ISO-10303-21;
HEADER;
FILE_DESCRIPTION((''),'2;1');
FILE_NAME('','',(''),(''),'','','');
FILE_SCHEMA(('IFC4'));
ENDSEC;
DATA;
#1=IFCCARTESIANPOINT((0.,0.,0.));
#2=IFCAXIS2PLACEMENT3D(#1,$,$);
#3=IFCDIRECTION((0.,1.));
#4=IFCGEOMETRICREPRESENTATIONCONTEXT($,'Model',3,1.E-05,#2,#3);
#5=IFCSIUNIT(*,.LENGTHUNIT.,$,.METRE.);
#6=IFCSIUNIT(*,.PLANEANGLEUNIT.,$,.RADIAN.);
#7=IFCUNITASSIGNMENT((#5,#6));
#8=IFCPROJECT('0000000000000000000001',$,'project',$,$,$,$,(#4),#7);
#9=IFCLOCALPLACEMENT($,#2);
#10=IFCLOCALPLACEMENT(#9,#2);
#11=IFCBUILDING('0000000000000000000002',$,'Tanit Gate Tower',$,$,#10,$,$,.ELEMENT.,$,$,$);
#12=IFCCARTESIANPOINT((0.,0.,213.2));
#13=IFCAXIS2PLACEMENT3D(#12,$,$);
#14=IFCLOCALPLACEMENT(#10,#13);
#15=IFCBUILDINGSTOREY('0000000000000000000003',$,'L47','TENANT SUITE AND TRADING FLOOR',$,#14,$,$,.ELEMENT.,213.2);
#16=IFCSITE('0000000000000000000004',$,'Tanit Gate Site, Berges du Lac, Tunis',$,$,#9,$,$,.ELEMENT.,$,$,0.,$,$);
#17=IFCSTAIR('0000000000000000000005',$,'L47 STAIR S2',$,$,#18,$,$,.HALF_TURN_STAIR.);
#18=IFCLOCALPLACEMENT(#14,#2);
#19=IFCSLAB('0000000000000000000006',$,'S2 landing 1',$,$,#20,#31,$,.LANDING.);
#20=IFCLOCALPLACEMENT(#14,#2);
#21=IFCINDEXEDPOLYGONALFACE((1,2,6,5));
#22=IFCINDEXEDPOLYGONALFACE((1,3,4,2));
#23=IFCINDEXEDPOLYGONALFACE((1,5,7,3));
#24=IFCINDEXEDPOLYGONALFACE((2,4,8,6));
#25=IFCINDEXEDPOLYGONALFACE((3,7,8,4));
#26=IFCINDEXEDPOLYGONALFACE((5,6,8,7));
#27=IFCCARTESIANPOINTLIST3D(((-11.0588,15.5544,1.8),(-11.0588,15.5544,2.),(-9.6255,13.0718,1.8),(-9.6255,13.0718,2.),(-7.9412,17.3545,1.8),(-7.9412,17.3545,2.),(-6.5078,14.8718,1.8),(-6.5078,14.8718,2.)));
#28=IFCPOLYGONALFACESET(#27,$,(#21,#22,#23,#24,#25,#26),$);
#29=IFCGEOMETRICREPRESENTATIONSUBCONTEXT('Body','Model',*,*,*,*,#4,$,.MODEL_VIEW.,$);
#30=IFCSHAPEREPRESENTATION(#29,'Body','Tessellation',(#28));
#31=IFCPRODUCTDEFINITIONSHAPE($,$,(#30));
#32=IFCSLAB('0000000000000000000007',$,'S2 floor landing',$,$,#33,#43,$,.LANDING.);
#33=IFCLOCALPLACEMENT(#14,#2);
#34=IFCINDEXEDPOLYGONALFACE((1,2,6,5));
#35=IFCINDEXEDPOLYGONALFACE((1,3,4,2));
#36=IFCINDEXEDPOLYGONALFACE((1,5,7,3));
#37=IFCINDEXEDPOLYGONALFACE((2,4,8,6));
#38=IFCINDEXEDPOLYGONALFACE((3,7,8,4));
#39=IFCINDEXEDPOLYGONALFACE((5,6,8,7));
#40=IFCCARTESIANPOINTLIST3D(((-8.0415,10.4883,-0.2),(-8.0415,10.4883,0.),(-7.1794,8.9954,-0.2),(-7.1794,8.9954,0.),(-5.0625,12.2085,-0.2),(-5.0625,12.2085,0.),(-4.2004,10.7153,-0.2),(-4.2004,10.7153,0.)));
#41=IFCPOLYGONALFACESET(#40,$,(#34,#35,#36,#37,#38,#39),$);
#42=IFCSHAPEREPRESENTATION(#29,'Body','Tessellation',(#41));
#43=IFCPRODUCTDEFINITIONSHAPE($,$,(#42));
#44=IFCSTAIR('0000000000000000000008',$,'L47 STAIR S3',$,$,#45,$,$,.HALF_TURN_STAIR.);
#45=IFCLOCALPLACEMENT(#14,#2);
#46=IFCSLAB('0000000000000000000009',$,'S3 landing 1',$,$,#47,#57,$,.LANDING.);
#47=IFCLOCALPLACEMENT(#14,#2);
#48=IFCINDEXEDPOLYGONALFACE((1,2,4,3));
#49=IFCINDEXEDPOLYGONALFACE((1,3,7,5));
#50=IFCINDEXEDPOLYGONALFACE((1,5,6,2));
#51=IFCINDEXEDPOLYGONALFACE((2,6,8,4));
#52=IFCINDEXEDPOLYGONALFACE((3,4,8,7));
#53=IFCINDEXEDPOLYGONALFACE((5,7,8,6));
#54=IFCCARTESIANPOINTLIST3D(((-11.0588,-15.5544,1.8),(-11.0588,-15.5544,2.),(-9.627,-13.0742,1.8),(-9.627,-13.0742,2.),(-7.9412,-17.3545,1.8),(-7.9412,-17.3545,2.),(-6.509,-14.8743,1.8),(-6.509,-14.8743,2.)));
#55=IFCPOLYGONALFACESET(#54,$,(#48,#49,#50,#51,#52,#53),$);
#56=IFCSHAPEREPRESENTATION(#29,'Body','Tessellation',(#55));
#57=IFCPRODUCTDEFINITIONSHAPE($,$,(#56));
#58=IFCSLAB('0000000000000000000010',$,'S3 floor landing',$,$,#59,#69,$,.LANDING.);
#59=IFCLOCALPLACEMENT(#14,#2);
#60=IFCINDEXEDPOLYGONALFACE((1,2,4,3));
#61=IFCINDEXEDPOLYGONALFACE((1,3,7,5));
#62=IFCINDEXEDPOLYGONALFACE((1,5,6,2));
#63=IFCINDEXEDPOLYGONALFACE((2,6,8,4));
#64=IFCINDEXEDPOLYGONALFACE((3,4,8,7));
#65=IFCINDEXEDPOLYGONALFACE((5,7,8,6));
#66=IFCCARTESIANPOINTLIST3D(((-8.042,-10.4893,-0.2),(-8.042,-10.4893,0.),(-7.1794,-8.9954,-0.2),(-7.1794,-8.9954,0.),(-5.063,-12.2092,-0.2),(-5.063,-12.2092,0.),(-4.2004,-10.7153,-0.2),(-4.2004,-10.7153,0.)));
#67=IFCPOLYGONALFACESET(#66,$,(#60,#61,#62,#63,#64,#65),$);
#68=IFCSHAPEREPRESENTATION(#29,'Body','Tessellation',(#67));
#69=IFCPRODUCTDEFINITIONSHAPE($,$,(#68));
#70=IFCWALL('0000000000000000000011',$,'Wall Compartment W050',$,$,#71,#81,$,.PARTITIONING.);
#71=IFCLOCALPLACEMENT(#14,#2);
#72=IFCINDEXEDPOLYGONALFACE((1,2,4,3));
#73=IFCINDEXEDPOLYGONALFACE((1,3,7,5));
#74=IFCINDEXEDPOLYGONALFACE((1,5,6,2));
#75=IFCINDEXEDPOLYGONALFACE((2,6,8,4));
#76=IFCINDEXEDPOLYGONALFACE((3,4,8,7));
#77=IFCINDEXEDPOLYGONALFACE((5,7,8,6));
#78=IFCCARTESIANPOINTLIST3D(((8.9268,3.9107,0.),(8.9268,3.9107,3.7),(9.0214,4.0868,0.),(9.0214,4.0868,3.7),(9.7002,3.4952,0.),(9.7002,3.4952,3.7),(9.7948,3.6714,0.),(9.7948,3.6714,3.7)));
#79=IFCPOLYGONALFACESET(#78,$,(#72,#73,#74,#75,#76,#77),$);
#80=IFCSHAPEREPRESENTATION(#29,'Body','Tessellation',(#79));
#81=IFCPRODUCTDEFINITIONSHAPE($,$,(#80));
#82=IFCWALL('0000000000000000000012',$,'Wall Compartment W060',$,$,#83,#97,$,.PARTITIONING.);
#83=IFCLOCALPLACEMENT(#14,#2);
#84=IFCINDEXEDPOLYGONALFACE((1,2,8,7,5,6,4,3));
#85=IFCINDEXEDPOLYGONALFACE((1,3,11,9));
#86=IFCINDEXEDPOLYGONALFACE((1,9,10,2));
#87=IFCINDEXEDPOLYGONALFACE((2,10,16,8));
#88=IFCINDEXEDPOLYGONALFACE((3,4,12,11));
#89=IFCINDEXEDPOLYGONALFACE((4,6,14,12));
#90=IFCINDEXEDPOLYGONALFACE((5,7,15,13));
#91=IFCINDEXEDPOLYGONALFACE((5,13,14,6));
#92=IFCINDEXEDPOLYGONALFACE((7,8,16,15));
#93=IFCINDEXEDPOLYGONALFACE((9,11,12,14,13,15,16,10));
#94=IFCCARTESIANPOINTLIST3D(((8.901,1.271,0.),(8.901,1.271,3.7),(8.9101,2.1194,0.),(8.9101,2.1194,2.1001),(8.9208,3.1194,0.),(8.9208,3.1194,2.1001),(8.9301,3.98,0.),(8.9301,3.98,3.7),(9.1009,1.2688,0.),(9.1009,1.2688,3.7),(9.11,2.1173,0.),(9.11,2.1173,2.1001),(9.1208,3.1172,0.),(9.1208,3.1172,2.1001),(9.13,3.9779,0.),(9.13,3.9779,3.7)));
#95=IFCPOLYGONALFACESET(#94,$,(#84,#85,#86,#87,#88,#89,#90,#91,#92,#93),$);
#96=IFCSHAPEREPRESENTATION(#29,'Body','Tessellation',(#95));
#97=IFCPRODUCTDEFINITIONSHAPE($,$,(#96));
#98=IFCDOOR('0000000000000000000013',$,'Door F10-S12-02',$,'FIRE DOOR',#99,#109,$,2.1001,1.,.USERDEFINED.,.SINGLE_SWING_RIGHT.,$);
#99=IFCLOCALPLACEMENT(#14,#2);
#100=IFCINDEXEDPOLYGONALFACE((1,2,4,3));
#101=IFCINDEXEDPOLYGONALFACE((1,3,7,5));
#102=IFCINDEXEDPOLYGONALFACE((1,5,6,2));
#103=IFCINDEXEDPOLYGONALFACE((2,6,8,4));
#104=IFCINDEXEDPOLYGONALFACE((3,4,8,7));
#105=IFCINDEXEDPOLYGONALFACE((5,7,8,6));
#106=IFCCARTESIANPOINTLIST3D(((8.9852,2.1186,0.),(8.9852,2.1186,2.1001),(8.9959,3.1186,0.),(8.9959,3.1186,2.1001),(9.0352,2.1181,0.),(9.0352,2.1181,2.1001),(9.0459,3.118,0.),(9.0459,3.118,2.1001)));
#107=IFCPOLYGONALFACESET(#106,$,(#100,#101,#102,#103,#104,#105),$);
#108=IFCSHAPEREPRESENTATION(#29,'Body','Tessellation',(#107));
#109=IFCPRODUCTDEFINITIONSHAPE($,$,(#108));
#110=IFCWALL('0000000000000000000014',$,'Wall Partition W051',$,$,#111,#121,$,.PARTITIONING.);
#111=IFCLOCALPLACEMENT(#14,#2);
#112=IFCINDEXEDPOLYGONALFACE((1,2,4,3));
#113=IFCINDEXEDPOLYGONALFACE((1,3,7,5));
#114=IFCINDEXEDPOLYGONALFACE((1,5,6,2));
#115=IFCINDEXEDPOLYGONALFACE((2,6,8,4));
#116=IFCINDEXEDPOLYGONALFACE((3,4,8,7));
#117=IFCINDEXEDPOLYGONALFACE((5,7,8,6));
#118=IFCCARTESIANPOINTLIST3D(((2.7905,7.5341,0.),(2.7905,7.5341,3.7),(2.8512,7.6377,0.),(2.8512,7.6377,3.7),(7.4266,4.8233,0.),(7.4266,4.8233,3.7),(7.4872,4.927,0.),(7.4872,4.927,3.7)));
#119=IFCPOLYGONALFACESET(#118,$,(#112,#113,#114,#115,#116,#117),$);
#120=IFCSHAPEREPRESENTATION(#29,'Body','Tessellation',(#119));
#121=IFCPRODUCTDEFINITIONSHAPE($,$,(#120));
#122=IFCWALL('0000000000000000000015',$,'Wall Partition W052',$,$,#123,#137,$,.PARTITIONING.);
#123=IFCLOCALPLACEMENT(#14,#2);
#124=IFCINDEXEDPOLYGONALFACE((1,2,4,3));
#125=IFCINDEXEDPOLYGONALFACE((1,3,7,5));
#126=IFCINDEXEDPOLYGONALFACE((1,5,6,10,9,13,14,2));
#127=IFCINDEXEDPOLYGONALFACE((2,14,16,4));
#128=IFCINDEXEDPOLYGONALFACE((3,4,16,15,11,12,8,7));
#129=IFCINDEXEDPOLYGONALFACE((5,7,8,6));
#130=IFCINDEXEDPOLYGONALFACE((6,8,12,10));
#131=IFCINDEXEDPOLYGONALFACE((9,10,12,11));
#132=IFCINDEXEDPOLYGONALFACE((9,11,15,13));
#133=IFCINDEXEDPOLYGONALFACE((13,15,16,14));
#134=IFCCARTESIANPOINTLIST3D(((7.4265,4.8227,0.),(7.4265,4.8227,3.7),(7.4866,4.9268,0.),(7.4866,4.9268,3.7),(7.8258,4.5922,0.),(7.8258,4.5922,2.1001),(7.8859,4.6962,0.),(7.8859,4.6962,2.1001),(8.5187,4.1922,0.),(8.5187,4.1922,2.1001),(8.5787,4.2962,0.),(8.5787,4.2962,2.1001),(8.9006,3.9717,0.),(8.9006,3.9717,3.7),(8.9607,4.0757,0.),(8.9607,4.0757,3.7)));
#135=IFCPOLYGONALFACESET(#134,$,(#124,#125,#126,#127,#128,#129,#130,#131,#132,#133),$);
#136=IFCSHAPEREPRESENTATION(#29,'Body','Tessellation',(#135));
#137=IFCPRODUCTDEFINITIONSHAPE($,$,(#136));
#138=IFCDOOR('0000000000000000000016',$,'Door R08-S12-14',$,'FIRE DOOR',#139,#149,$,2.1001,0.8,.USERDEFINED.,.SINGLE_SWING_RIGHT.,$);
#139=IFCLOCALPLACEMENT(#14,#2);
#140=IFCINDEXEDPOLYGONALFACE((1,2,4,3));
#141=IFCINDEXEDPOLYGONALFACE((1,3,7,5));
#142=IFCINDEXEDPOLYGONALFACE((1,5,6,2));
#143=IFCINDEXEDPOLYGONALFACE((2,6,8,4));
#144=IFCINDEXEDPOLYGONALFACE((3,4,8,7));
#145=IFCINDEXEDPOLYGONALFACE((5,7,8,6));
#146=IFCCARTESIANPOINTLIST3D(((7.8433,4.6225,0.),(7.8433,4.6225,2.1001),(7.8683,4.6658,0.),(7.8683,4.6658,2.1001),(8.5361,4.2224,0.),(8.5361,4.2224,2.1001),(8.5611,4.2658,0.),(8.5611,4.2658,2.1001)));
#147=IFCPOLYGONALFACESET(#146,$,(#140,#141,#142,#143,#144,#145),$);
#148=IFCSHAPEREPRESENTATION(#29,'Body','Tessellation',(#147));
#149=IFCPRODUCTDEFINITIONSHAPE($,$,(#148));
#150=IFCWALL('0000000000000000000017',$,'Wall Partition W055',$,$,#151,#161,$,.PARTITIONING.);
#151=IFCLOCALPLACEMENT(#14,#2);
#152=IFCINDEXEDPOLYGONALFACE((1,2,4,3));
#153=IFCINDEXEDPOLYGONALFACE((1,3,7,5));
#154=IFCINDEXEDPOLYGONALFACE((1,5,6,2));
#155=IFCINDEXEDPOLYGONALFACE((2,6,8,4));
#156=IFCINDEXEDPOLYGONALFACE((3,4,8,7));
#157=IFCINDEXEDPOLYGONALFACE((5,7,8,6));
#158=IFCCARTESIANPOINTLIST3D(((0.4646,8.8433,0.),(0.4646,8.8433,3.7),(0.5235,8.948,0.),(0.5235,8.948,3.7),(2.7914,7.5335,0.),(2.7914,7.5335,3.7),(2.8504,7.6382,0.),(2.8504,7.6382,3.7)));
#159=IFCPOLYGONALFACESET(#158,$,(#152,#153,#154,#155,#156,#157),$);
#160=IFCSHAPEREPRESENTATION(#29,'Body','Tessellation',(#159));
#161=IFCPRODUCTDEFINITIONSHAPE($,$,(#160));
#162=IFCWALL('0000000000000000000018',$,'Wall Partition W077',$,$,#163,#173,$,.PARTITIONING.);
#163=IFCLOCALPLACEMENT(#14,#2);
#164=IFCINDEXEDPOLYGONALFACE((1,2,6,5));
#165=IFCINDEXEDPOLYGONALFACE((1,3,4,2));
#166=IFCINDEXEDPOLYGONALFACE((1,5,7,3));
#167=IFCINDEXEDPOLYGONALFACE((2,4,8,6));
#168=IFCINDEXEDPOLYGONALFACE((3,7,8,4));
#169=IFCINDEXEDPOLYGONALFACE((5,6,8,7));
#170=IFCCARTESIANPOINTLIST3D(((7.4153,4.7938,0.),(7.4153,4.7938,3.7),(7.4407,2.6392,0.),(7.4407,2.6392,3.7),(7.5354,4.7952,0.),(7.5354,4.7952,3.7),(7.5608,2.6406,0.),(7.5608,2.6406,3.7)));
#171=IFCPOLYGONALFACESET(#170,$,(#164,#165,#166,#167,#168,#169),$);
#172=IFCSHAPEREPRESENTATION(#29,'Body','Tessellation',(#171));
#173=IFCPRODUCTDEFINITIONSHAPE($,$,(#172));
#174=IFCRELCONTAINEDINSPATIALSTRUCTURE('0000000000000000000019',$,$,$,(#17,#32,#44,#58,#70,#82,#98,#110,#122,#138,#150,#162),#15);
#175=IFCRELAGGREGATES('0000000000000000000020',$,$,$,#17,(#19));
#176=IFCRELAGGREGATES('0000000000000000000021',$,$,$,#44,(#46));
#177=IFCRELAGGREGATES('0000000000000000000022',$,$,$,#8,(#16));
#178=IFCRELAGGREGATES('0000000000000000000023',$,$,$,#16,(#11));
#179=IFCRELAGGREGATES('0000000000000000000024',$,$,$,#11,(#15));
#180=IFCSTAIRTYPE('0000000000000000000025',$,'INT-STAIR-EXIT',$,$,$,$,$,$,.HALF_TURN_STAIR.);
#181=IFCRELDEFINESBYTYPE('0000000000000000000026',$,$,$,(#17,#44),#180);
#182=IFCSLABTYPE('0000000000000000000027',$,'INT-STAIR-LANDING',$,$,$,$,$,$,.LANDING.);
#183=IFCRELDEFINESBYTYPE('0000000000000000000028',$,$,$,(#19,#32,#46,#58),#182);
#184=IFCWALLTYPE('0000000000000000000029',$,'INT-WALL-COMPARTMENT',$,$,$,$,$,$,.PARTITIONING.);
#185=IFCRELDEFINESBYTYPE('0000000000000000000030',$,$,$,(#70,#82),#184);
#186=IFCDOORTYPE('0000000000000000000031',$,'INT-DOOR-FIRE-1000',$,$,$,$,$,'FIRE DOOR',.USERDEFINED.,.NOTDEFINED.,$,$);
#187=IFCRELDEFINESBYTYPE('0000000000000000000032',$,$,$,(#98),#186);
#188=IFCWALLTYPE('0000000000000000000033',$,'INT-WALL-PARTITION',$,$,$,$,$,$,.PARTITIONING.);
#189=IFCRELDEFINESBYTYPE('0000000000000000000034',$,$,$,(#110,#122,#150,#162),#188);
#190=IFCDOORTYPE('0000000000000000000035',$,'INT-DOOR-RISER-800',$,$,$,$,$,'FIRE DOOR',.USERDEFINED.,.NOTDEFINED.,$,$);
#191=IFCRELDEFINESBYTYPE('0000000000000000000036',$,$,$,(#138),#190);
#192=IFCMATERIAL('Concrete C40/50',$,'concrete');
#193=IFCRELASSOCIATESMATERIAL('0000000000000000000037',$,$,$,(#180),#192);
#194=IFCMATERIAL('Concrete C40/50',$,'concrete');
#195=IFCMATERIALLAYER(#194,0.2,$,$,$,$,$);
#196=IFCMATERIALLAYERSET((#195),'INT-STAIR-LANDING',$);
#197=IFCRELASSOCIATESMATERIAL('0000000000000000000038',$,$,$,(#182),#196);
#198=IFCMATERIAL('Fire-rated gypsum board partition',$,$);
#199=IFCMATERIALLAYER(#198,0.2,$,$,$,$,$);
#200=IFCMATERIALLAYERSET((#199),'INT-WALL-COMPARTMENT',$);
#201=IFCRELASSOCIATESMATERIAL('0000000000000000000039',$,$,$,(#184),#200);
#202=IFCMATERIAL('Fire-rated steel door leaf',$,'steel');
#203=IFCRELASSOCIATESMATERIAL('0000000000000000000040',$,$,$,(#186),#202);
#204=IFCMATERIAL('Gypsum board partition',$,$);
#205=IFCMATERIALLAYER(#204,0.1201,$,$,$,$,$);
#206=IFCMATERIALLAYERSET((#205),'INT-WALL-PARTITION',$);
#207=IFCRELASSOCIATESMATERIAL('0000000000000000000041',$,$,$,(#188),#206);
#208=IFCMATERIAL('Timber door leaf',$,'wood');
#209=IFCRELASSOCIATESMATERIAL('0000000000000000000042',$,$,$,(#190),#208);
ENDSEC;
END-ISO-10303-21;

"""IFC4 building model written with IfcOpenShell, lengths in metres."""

from ifc_helpers import new_model, si_unit, direction, frame, frame_2d, origin, place, context, subcontext, project, spatial, polyline, rectangle, outline, extrude, material, layer, layer_set, type_object, element, fill, aggregate, save


model = new_model("IFC4")

# Units and contexts
model_context = context("Model", 3, precision=1e-05, world=origin(), true_north=direction((0.0, 1.0)))
body_context = subcontext(model_context, "Body", "Model", "MODEL_VIEW")
ifc_project = project(units=[si_unit("LENGTHUNIT", "METRE"), si_unit("PLANEANGLEUNIT", "RADIAN")], contexts=[model_context])

# Site, building, storey
site_placement = place(None, origin())
site = spatial("IfcSite", under=ifc_project, at=site_placement, Name="Tanit Gate Site, Berges du Lac, Tunis", CompositionType="ELEMENT", RefElevation=0.0)
building_placement = place(site_placement, origin())
building = spatial("IfcBuilding", under=site, at=building_placement, Name="Tanit Gate Tower", CompositionType="ELEMENT")
storey_placement = place(building_placement, frame((0.0, 0.0, 213.2)))
storey = spatial("IfcBuildingStorey", under=building, at=storey_placement, Name="L47", Description="TENANT SUITE AND TRADING FLOOR", CompositionType="ELEMENT", Elevation=213.2)

# Stair, slab
ifc_material_1 = material(Name="Concrete C40/50", Category="concrete")
stair_type = type_object("IfcStairType", Name="INT-STAIR-EXIT", PredefinedType="HALF_TURN_STAIR", material=ifc_material_1)
stair_1_placement = place(storey_placement, origin())
stair_1 = element("IfcStair", 1, at=stair_1_placement, inside=storey, type_object=stair_type, Name="L47 STAIR S2", PredefinedType="HALF_TURN_STAIR")
ifc_material_2 = material(Name="Concrete C40/50", Category="concrete")
ifc_layer_1 = layer(ifc_material_2, 0.2)
ifc_layer_set_1 = layer_set([ifc_layer_1], Name="INT-STAIR-LANDING")
slab_type = type_object("IfcSlabType", Name="INT-STAIR-LANDING", PredefinedType="LANDING", material=ifc_layer_set_1)
slab_1_placement = place(storey_placement, frame((0.0, 0.0, 1.8)))
slab_1 = element("IfcSlab", 2, at=slab_1_placement, type_object=slab_type, Name="S2 landing 1", PredefinedType="LANDING", context=body_context, shape_type="SweptSolid", body=[
    extrude(outline(polyline([(-6.5078, 14.8718), (-7.9412, 17.3545), (-11.0588, 15.5544), (-9.6255, 13.0718), (-6.5078, 14.8718)])), origin(), (0.0, 0.0, 1.0), 0.2),
])
aggregate(stair_1, [slab_1])

# Slab
slab_2_placement = place(storey_placement, frame((0.0, 0.0, -0.2)))
element("IfcSlab", 3, at=slab_2_placement, inside=storey, type_object=slab_type, Name="S2 floor landing", PredefinedType="LANDING", context=body_context, shape_type="SweptSolid", body=[
    extrude(outline(polyline([(-4.2004, 10.7153), (-5.0625, 12.2085), (-8.0415, 10.4883), (-7.1794, 8.9954), (-4.2004, 10.7153)])), origin(), (0.0, 0.0, 1.0), 0.2),
])

# Stair, slab
stair_2_placement = place(storey_placement, origin())
stair_2 = element("IfcStair", 4, at=stair_2_placement, inside=storey, type_object=stair_type, Name="L47 STAIR S3", PredefinedType="HALF_TURN_STAIR")
slab_3_placement = place(storey_placement, frame((0.0, 0.0, 1.8)))
slab_3 = element("IfcSlab", 5, at=slab_3_placement, type_object=slab_type, Name="S3 landing 1", PredefinedType="LANDING", context=body_context, shape_type="SweptSolid", body=[
    extrude(outline(polyline([(-9.627, -13.0742), (-11.0588, -15.5544), (-7.9412, -17.3545), (-6.509, -14.8743), (-9.627, -13.0742)])), origin(), (0.0, 0.0, 1.0), 0.2),
])
aggregate(stair_2, [slab_3])

# Slab
slab_4_placement = place(storey_placement, frame((0.0, 0.0, -0.2)))
element("IfcSlab", 6, at=slab_4_placement, inside=storey, type_object=slab_type, Name="S3 floor landing", PredefinedType="LANDING", context=body_context, shape_type="SweptSolid", body=[
    extrude(outline(polyline([(-7.1794, -8.9954), (-8.042, -10.4893), (-5.063, -12.2092), (-4.2004, -10.7153), (-7.1794, -8.9954)])), origin(), (0.0, 0.0, 1.0), 0.2),
])

# Wall
ifc_material_3 = material(Name="Fire-rated gypsum board partition")
ifc_layer_2 = layer(ifc_material_3, 0.2)
ifc_layer_set_2 = layer_set([ifc_layer_2], Name="INT-WALL-COMPARTMENT")
wall_type_1 = type_object("IfcWallType", Name="INT-WALL-COMPARTMENT", PredefinedType="PARTITIONING", material=ifc_layer_set_2)
wall_1_placement = place(storey_placement, frame((8.9741, 3.9988, 0.0), z_axis=(0.0, 0.0, 1.0), x_axis=(0.880917, -0.473271, 0.0)))
element("IfcWall", 7, at=wall_1_placement, inside=storey, type_object=wall_type_1, Name="Wall Compartment W050", PredefinedType="PARTITIONING", context=body_context, shape_type="SweptSolid", body=[
    extrude(rectangle(XDim=0.8779, YDim=0.2, at=frame_2d((0.439, 0.0))), origin(), (0.0, 0.0, 1.0), 3.7),
])

# Wall, opening, door
wall_2_placement = place(storey_placement, frame((9.001, 1.27, 0.0), z_axis=(0.0, 0.0, 1.0), x_axis=(0.010724, 0.999942, 0.0)))
wall_2 = element("IfcWall", 8, at=wall_2_placement, inside=storey, type_object=wall_type_1, Name="Wall Compartment W060", PredefinedType="PARTITIONING", context=body_context, shape_type="SweptSolid", body=[
    extrude(rectangle(XDim=2.7092, YDim=0.2, at=frame_2d((1.3545, 0.0))), origin(), (0.0, 0.0, 1.0), 3.7),
])
opening_1_placement = place(wall_2_placement, frame((0.8484, 0.0, 0.0)))
opening_1 = element("IfcOpeningElement", 9, at=opening_1_placement, cuts=wall_2, PredefinedType="OPENING", context=body_context, shape_type="SweptSolid", body=[
    extrude(rectangle(XDim=1.0, YDim=2.1001, at=frame_2d((0.5, 1.05))), frame((0.0, 0.1099, 0.0), z_axis=(0.0, -1.0, 0.0), x_axis=(1.0, 0.0, 0.0)), (0.0, 0.0, 1.0), 0.22),
])
ifc_material_4 = material(Name="Fire-rated steel door leaf", Category="steel")
door_type_1 = type_object("IfcDoorType", Name="INT-DOOR-FIRE-1000", ElementType="FIRE DOOR", OperationType="NOTDEFINED", PredefinedType="USERDEFINED", material=ifc_material_4)
door_1_placement = place(opening_1_placement, origin())
door_1 = element("IfcDoor", 10, at=door_1_placement, inside=storey, type_object=door_type_1, Name="Door F10-S12-02", ObjectType="FIRE DOOR", OperationType="SINGLE_SWING_RIGHT", OverallHeight=2.1001, OverallWidth=1.0, PredefinedType="USERDEFINED", context=body_context, shape_type="SweptSolid", body=[
    extrude(rectangle(XDim=1.0, YDim=2.1001, at=frame_2d((0.5, 1.05))), frame((0.0, 0.0249, 0.0), z_axis=(0.0, -1.0, 0.0), x_axis=(1.0, 0.0, 0.0)), (0.0, 0.0, 1.0), 0.05),
])
fill(opening_1, door_1)

# Wall
ifc_material_5 = material(Name="Gypsum board partition")
ifc_layer_3 = layer(ifc_material_5, 0.1201)
ifc_layer_set_3 = layer_set([ifc_layer_3], Name="INT-WALL-PARTITION")
wall_type_2 = type_object("IfcWallType", Name="INT-WALL-PARTITION", PredefinedType="PARTITIONING", material=ifc_layer_set_3)
wall_3_placement = place(storey_placement, frame((7.4568, 4.8752, 0.0), z_axis=(0.0, 0.0, 1.0), x_axis=(-0.863262, 0.504755, 0.0)))
element("IfcWall", 11, at=wall_3_placement, inside=storey, type_object=wall_type_2, Name="Wall Partition W051", PredefinedType="PARTITIONING", context=body_context, shape_type="SweptSolid", body=[
    extrude(rectangle(XDim=5.3704, YDim=0.1201, at=frame_2d((2.6851, 0.0))), origin(), (0.0, 0.0, 1.0), 3.7),
])

# Wall, opening, door
wall_4_placement = place(storey_placement, frame((7.4565, 4.8748, 0.0), z_axis=(0.0, 0.0, 1.0), x_axis=(0.866028, -0.499996, 0.0)))
wall_4 = element("IfcWall", 12, at=wall_4_placement, inside=storey, type_object=wall_type_2, Name="Wall Partition W052", PredefinedType="PARTITIONING", context=body_context, shape_type="SweptSolid", body=[
    extrude(rectangle(XDim=1.7021, YDim=0.1201, at=frame_2d((0.8511, 0.0))), origin(), (0.0, 0.0, 1.0), 3.7),
])
opening_2_placement = place(wall_4_placement, frame((0.4612, 0.0, 0.0)))
opening_2 = element("IfcOpeningElement", 13, at=opening_2_placement, cuts=wall_4, PredefinedType="OPENING", context=body_context, shape_type="SweptSolid", body=[
    extrude(rectangle(XDim=0.8, YDim=2.1001, at=frame_2d((0.3999, 1.05))), frame((0.0, 0.0701, 0.0), z_axis=(0.0, -1.0, 0.0), x_axis=(1.0, 0.0, 0.0)), (0.0, 0.0, 1.0), 0.1401),
])
ifc_material_6 = material(Name="Timber door leaf", Category="wood")
door_type_2 = type_object("IfcDoorType", Name="INT-DOOR-RISER-800", ElementType="FIRE DOOR", OperationType="NOTDEFINED", PredefinedType="USERDEFINED", material=ifc_material_6)
door_2_placement = place(opening_2_placement, origin())
door_2 = element("IfcDoor", 14, at=door_2_placement, inside=storey, type_object=door_type_2, Name="Door R08-S12-14", ObjectType="FIRE DOOR", OperationType="SINGLE_SWING_RIGHT", OverallHeight=2.1001, OverallWidth=0.8, PredefinedType="USERDEFINED", context=body_context, shape_type="SweptSolid", body=[
    extrude(rectangle(XDim=0.8, YDim=2.1001, at=frame_2d((0.3999, 1.05))), frame((0.0, 0.0249, 0.0), z_axis=(0.0, -1.0, 0.0), x_axis=(1.0, 0.0, 0.0)), (0.0, 0.0, 1.0), 0.05),
])
fill(opening_2, door_2)

# Walls
wall_5_placement = place(storey_placement, frame((2.8208, 7.5859, 0.0), z_axis=(0.0, 0.0, 1.0), x_axis=(-0.871427, 0.490526, 0.0)))
element("IfcWall", 15, at=wall_5_placement, inside=storey, type_object=wall_type_2, Name="Wall Partition W055", PredefinedType="PARTITIONING", context=body_context, shape_type="SweptSolid", body=[
    extrude(rectangle(XDim=2.6702, YDim=0.1201, at=frame_2d((1.335, 0.0))), origin(), (0.0, 0.0, 1.0), 3.7),
])
wall_6_placement = place(storey_placement, frame((7.5007, 2.6399, 0.0), z_axis=(0.0, 0.0, 1.0), x_axis=(-0.011784, 0.999931, 0.0)))
element("IfcWall", 16, at=wall_6_placement, inside=storey, type_object=wall_type_2, Name="Wall Partition W077", PredefinedType="PARTITIONING", context=body_context, shape_type="SweptSolid", body=[
    extrude(rectangle(XDim=2.1548, YDim=0.1201, at=frame_2d((1.0774, 0.0))), origin(), (0.0, 0.0, 1.0), 3.7),
])

save(model, "model.ifc")
